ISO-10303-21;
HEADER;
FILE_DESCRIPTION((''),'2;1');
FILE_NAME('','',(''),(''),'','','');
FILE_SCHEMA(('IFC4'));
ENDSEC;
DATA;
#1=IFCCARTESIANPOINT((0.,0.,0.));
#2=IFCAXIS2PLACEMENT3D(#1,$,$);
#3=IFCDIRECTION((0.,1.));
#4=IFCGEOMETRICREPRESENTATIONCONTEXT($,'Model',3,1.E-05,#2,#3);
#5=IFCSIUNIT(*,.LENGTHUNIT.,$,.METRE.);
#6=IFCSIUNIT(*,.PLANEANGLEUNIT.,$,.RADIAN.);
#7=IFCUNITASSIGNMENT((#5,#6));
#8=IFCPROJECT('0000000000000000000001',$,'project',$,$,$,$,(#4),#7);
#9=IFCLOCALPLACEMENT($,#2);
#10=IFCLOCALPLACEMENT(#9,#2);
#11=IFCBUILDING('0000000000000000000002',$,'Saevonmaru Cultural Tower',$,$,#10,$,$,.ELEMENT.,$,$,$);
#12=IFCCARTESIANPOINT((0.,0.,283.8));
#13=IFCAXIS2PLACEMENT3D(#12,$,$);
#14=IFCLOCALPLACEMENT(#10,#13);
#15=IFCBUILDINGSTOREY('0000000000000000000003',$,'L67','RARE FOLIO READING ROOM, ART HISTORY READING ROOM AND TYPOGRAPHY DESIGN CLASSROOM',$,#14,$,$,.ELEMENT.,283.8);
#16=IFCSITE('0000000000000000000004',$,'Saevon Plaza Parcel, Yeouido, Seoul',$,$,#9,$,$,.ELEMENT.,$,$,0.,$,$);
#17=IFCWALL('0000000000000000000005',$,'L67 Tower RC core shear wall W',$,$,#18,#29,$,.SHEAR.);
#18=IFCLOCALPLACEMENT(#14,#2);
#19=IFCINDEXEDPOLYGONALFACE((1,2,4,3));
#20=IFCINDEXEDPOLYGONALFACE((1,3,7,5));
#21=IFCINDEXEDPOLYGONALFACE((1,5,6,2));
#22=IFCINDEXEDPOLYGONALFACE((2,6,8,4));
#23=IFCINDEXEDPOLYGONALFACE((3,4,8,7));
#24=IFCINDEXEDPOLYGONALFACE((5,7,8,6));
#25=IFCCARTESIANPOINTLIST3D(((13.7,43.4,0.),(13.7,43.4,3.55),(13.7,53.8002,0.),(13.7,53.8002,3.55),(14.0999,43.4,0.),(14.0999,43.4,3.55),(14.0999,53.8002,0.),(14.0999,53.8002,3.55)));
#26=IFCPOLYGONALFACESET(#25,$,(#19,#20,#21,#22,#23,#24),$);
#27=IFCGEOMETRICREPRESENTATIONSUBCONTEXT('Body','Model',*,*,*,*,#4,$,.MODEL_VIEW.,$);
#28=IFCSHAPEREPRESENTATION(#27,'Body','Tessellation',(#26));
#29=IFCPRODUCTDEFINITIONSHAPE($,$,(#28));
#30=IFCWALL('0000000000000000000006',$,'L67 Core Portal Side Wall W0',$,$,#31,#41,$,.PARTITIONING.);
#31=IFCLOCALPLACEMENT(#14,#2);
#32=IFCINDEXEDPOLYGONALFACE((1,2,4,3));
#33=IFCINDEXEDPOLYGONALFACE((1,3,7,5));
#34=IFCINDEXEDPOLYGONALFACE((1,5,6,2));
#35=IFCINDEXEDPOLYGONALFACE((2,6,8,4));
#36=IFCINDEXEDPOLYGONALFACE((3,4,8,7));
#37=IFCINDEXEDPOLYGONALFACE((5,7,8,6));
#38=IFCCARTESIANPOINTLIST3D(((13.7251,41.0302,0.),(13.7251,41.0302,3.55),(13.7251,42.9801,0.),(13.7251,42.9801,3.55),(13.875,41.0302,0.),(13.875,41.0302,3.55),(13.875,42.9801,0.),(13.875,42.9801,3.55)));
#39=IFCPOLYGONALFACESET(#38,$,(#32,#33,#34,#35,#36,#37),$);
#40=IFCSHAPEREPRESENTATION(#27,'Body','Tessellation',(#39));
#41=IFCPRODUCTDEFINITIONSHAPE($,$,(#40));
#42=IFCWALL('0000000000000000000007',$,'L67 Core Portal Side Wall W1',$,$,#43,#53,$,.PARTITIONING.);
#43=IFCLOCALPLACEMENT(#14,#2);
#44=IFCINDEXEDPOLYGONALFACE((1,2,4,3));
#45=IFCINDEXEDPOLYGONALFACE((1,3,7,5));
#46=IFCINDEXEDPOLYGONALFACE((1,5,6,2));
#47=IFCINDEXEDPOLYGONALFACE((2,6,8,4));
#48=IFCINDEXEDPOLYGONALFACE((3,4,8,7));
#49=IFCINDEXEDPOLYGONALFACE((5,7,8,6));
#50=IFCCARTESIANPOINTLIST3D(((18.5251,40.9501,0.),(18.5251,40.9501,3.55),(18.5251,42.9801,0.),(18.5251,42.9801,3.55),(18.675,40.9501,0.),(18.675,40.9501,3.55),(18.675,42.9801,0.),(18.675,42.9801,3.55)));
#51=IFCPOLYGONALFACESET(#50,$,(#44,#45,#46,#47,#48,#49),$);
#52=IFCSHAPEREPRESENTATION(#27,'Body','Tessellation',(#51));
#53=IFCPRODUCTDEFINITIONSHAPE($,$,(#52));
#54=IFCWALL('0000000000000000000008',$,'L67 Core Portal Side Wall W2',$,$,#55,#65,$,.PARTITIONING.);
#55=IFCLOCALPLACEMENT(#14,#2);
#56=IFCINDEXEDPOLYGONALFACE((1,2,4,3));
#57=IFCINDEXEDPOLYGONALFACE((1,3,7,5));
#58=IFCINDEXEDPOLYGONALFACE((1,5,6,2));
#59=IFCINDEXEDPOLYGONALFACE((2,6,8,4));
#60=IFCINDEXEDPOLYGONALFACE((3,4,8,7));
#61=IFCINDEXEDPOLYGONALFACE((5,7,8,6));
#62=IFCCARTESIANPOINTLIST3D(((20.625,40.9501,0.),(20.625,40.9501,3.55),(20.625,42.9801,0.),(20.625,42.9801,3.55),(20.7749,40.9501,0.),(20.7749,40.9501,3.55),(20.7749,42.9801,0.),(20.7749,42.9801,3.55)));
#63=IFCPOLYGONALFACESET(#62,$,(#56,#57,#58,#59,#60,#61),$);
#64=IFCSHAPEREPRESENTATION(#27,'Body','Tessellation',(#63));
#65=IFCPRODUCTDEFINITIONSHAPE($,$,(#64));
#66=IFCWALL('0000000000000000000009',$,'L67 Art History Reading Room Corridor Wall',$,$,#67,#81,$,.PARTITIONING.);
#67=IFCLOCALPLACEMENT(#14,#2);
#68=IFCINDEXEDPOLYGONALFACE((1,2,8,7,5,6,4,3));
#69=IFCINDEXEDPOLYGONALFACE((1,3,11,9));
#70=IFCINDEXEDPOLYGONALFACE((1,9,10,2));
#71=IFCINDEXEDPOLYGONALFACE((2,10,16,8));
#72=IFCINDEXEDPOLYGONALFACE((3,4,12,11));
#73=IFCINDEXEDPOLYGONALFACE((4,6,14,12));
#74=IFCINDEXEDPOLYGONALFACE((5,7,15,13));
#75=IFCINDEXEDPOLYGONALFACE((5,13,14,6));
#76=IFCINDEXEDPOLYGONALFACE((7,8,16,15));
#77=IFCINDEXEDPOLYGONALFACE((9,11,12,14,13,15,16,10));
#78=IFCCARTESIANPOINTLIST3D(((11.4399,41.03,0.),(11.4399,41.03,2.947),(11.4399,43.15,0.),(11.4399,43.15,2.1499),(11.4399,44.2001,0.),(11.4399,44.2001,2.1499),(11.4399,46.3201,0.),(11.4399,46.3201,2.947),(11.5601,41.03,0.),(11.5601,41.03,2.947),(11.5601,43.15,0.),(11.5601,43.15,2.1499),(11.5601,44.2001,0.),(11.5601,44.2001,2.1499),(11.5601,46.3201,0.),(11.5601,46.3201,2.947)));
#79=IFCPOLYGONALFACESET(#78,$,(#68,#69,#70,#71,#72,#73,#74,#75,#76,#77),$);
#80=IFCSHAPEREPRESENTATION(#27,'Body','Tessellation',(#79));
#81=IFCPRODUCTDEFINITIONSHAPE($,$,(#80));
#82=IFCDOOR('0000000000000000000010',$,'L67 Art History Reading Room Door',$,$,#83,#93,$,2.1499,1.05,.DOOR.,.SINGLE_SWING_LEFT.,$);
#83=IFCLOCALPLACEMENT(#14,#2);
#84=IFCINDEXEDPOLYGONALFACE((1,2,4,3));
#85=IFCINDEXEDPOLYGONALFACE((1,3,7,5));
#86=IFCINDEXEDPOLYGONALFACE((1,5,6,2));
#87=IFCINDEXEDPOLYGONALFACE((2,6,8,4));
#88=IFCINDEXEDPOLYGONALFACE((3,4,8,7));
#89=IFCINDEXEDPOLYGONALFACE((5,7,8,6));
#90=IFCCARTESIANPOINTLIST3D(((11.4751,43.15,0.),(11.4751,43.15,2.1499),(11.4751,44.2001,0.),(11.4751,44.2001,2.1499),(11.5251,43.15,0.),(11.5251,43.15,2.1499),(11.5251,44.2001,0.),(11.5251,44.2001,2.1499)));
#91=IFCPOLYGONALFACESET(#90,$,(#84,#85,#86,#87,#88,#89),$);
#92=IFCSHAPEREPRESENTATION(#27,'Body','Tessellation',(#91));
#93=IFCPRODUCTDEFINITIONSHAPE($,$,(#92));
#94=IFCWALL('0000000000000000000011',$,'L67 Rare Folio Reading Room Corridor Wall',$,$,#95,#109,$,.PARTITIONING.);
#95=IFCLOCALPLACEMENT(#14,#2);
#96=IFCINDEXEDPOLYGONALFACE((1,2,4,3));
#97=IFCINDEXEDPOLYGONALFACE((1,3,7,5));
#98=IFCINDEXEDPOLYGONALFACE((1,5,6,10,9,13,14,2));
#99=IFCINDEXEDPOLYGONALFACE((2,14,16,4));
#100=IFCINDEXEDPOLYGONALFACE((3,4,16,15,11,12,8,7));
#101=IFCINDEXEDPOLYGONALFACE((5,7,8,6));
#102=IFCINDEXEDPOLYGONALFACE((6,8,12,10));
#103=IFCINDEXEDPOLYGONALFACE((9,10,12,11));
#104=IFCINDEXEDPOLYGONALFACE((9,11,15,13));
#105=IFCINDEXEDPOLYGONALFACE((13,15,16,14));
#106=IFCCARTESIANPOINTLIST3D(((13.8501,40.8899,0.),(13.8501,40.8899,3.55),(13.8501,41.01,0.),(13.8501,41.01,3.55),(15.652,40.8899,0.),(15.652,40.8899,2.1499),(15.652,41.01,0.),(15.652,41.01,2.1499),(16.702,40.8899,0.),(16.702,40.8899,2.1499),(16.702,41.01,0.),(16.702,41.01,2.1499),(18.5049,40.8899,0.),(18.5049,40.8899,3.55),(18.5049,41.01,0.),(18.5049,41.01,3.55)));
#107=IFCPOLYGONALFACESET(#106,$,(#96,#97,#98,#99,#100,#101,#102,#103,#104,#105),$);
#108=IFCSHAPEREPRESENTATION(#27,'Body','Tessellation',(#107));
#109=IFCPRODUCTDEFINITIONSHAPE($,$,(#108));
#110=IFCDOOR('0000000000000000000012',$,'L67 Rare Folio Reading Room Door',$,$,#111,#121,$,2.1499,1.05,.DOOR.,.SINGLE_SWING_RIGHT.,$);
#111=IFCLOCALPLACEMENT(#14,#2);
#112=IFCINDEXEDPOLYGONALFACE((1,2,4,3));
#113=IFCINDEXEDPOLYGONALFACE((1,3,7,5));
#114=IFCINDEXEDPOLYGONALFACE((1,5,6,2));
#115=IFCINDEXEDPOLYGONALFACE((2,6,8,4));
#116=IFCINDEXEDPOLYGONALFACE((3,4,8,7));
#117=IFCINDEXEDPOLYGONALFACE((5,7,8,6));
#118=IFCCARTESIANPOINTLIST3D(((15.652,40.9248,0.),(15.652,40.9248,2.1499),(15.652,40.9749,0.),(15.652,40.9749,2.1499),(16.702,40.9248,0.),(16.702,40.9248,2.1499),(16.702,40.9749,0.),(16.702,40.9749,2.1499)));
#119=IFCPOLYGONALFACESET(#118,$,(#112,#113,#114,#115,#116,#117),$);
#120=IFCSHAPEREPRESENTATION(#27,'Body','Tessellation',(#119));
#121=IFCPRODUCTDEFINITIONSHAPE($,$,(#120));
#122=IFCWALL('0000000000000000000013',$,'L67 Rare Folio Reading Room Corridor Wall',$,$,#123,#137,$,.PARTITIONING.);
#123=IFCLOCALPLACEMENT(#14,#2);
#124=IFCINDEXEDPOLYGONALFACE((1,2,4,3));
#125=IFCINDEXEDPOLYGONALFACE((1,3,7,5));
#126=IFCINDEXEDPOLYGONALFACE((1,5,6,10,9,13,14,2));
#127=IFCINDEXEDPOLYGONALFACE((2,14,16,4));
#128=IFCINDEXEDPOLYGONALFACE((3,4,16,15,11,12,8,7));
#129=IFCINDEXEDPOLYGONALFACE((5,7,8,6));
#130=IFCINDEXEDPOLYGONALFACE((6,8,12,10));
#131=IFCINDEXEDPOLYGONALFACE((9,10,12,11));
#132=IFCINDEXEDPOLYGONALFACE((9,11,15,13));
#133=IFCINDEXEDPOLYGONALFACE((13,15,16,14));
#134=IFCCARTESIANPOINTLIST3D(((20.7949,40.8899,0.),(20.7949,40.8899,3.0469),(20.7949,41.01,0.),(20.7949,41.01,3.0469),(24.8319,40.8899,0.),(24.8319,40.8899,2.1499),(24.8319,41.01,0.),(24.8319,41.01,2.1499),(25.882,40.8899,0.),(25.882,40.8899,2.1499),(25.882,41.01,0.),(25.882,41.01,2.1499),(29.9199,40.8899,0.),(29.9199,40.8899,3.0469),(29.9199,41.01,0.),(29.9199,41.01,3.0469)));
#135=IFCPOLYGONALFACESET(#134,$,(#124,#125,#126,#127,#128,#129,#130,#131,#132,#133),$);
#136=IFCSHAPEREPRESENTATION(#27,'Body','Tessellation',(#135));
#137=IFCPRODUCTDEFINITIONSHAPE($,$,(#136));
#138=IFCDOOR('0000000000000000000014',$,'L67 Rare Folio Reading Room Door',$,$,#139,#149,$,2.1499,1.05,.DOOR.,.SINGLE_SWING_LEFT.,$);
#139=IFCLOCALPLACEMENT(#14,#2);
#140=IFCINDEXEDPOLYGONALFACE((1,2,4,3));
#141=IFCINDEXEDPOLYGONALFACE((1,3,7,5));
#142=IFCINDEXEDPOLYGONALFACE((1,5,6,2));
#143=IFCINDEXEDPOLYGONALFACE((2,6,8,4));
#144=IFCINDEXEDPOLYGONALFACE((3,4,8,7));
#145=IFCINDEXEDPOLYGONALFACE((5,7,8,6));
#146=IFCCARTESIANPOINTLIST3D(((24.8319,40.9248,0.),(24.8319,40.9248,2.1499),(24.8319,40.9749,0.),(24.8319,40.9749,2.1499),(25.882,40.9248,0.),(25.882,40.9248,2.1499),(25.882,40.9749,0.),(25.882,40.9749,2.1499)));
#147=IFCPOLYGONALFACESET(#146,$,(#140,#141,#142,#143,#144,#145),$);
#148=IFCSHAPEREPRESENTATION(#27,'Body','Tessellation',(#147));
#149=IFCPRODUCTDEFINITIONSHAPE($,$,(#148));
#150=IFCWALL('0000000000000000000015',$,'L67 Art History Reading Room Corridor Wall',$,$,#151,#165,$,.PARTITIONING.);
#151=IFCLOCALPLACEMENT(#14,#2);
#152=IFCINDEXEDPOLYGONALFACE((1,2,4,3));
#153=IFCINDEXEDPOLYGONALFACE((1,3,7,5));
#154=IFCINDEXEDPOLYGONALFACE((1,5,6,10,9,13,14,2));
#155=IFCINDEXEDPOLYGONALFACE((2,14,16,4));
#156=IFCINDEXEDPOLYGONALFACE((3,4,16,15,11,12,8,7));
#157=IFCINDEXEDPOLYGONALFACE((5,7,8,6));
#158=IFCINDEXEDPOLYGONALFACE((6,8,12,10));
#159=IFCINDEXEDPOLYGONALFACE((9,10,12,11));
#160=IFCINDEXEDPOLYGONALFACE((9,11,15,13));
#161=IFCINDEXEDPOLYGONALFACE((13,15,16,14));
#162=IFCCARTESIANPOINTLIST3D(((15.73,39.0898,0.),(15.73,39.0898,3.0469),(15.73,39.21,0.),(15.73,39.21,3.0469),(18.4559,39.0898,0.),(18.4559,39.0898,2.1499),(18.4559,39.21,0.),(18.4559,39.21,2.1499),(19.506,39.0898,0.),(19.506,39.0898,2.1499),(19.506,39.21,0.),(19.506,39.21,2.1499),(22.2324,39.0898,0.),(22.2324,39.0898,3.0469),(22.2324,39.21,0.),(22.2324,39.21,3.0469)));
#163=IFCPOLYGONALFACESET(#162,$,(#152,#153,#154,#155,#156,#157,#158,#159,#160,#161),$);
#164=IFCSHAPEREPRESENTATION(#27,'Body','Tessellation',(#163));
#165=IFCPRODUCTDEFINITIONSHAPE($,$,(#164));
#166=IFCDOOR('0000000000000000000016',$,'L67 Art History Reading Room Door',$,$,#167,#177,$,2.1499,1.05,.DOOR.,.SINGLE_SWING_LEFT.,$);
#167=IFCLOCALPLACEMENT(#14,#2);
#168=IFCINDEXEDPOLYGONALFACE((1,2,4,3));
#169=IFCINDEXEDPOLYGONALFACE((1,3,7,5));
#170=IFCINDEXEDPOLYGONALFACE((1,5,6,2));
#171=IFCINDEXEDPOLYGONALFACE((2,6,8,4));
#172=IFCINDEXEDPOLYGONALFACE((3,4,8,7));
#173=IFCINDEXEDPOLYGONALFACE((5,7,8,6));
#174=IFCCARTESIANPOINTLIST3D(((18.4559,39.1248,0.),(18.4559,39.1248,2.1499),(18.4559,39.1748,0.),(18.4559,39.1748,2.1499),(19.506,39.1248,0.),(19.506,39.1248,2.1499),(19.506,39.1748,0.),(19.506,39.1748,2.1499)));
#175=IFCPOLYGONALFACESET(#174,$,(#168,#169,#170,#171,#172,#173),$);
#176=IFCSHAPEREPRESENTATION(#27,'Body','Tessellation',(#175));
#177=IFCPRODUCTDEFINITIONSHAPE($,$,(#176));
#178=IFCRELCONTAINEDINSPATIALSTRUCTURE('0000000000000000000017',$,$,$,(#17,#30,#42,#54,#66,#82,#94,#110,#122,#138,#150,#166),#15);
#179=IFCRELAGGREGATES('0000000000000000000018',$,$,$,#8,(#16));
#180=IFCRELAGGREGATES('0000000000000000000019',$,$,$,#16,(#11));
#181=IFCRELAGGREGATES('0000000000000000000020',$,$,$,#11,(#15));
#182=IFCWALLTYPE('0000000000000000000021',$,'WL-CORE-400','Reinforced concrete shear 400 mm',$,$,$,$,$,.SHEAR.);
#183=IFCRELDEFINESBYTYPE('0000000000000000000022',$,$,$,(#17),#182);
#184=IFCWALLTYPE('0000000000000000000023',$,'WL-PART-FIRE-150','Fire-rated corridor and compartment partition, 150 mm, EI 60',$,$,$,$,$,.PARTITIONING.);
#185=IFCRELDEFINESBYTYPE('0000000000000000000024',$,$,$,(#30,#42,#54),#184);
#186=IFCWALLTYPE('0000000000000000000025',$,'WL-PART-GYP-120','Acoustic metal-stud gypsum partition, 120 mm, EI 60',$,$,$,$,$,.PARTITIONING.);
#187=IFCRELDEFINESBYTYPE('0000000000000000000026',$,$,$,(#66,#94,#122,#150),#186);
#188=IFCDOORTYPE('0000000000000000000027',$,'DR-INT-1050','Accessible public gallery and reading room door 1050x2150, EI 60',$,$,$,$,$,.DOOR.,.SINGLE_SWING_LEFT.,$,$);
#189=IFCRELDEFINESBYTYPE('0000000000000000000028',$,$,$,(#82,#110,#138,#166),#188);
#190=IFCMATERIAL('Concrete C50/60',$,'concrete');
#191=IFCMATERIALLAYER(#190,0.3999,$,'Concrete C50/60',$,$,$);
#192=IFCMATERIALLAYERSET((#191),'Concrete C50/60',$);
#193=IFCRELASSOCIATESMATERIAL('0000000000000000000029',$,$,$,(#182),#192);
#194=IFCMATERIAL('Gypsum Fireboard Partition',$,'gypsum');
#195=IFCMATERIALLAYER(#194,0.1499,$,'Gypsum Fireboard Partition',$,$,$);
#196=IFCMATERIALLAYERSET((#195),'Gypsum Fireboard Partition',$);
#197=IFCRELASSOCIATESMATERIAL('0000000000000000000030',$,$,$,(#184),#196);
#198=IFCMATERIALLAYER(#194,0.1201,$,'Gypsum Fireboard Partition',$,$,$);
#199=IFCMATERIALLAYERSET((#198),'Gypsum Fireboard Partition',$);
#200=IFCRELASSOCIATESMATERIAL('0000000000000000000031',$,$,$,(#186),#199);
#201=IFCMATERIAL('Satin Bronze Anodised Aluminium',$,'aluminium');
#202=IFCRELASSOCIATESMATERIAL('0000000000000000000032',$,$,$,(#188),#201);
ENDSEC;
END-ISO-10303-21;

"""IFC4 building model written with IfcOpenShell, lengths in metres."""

from ifc_helpers import new_model, si_unit, direction, frame, frame_2d, origin, place, context, subcontext, project, spatial, rectangle, extrude, material, layer, layer_set, type_object, element, fill, save


model = new_model("IFC4")

# Units and contexts
model_context = context("Model", 3, precision=1e-05, world=origin(), true_north=direction((0.0, 1.0)))
body_context = subcontext(model_context, "Body", "Model", "MODEL_VIEW")
ifc_project = project(units=[si_unit("LENGTHUNIT", "METRE"), si_unit("PLANEANGLEUNIT", "RADIAN")], contexts=[model_context])

# Site, building, storey
site_placement = place(None, origin())
site = spatial("IfcSite", under=ifc_project, at=site_placement, Name="Saevon Plaza Parcel, Yeouido, Seoul", CompositionType="ELEMENT", RefElevation=0.0)
building_placement = place(site_placement, origin())
building = spatial("IfcBuilding", under=site, at=building_placement, Name="Saevonmaru Cultural Tower", CompositionType="ELEMENT")
storey_placement = place(building_placement, frame((0.0, 0.0, 283.8)))
storey = spatial("IfcBuildingStorey", under=building, at=storey_placement, Name="L67", Description="RARE FOLIO READING ROOM, ART HISTORY READING ROOM AND TYPOGRAPHY DESIGN CLASSROOM", CompositionType="ELEMENT", Elevation=283.8)

# Shared definitions
ifc_material_1 = material(Name="Concrete C50/60", Category="concrete")
ifc_layer_1 = layer(ifc_material_1, 0.3999, Name="Concrete C50/60")
ifc_layer_set_1 = layer_set([ifc_layer_1], Name="Concrete C50/60")
wall_type_1 = type_object("IfcWallType", Name="WL-CORE-400", Description="Reinforced concrete shear 400 mm", PredefinedType="SHEAR", material=ifc_layer_set_1)
ifc_material_2 = material(Name="Satin Bronze Anodised Aluminium", Category="aluminium")

# Walls
wall_1_placement = place(storey_placement, frame((13.8999, 43.3999, 0.0), z_axis=(0.0, 0.0, 1.0), x_axis=(0.0, 1.0, 0.0)))
element("IfcWall", 1, at=wall_1_placement, inside=storey, type_object=wall_type_1, Name="L67 Tower RC core shear wall W", PredefinedType="SHEAR", context=body_context, shape_type="SweptSolid", body=[
    extrude(rectangle(XDim=10.4001, YDim=0.3999, at=frame_2d((5.2002, 0.0))), origin(), (0.0, 0.0, 1.0), 3.55),
])
ifc_material_3 = material(Name="Gypsum Fireboard Partition", Category="gypsum")
ifc_layer_2 = layer(ifc_material_3, 0.1499, Name="Gypsum Fireboard Partition")
ifc_layer_set_2 = layer_set([ifc_layer_2], Name="Gypsum Fireboard Partition")
wall_type_2 = type_object("IfcWallType", Name="WL-PART-FIRE-150", Description="Fire-rated corridor and compartment partition, 150 mm, EI 60", PredefinedType="PARTITIONING", material=ifc_layer_set_2)
wall_2_placement = place(storey_placement, frame((13.8, 41.03, 0.0), z_axis=(0.0, 0.0, 1.0), x_axis=(0.0, 1.0, 0.0)))
element("IfcWall", 2, at=wall_2_placement, inside=storey, type_object=wall_type_2, Name="L67 Core Portal Side Wall W0", PredefinedType="PARTITIONING", context=body_context, shape_type="SweptSolid", body=[
    extrude(rectangle(XDim=1.95, YDim=0.1499, at=frame_2d((0.9751, 0.0))), origin(), (0.0, 0.0, 1.0), 3.55),
])
for number, where, z_axis, x_axis, name in (
    (3, (18.6001, 40.95, 0.0), (0.0, 0.0, 1.0), (0.0, 1.0, 0.0), "L67 Core Portal Side Wall W1"),
    (4, (20.7, 40.95, 0.0), (0.0, 0.0, 1.0), (0.0, 1.0, 0.0), "L67 Core Portal Side Wall W2"),
):
    element("IfcWall", number, at=place(storey_placement, frame(where, z_axis=z_axis, x_axis=x_axis)), inside=storey, type_object=wall_type_2, Name=name, PredefinedType="PARTITIONING", context=body_context, shape_type="SweptSolid", body=[
        extrude(rectangle(XDim=2.03, YDim=0.1499, at=frame_2d((1.0151, 0.0))), origin(), (0.0, 0.0, 1.0), 3.55),
    ])

# Walls, openings, doors
ifc_layer_3 = layer(ifc_material_3, 0.1201, Name="Gypsum Fireboard Partition")
ifc_layer_set_3 = layer_set([ifc_layer_3], Name="Gypsum Fireboard Partition")
wall_type_3 = type_object("IfcWallType", Name="WL-PART-GYP-120", Description="Acoustic metal-stud gypsum partition, 120 mm, EI 60", PredefinedType="PARTITIONING", material=ifc_layer_set_3)
wall_3_placement = place(storey_placement, frame((11.5, 41.03, 0.0), z_axis=(0.0, 0.0, 1.0), x_axis=(0.0, 1.0, 0.0)))
wall_3 = element("IfcWall", 5, at=wall_3_placement, inside=storey, type_object=wall_type_3, Name="L67 Art History Reading Room Corridor Wall", PredefinedType="PARTITIONING", context=body_context, shape_type="SweptSolid", body=[
    extrude(rectangle(XDim=5.29, YDim=0.1201, at=frame_2d((2.645, 0.0))), origin(), (0.0, 0.0, 1.0), 2.947),
])
opening_1_placement = place(wall_3_placement, frame((2.1201, 0.0, 0.0)))
opening_1 = element("IfcOpeningElement", 6, at=opening_1_placement, cuts=wall_3, PredefinedType="OPENING", context=body_context, shape_type="SweptSolid", body=[
    extrude(rectangle(XDim=1.05, YDim=2.1499, at=frame_2d((0.5249, 1.075))), frame((0.0, 0.0701, 0.0), z_axis=(0.0, -1.0, 0.0), x_axis=(1.0, 0.0, 0.0)), (0.0, 0.0, 1.0), 0.1401),
])
door_type_1 = type_object("IfcDoorType", Name="DR-INT-1050", Description="Accessible public gallery and reading room door 1050x2150, EI 60", OperationType="SINGLE_SWING_LEFT", PredefinedType="DOOR", material=ifc_material_2)
door_1_placement = place(opening_1_placement, origin())
door_1 = element("IfcDoor", 7, at=door_1_placement, inside=storey, type_object=door_type_1, Name="L67 Art History Reading Room Door", OperationType="SINGLE_SWING_LEFT", OverallHeight=2.1499, OverallWidth=1.05, PredefinedType="DOOR", context=body_context, shape_type="SweptSolid", body=[
    extrude(rectangle(XDim=1.05, YDim=2.1499, at=frame_2d((0.5249, 1.075))), frame((0.0, 0.0249, 0.0), z_axis=(0.0, -1.0, 0.0), x_axis=(1.0, 0.0, 0.0)), (0.0, 0.0, 1.0), 0.05),
])
fill(opening_1, door_1)
wall_4_placement = place(storey_placement, frame((13.8501, 40.95, 0.0), z_axis=(0.0, 0.0, 1.0), x_axis=(1.0, 0.0, 0.0)))
wall_4 = element("IfcWall", 8, at=wall_4_placement, inside=storey, type_object=wall_type_3, Name="L67 Rare Folio Reading Room Corridor Wall", PredefinedType="PARTITIONING", context=body_context, shape_type="SweptSolid", body=[
    extrude(rectangle(XDim=4.6548, YDim=0.1201, at=frame_2d((2.3274, 0.0))), origin(), (0.0, 0.0, 1.0), 3.55),
])
opening_2_placement = place(wall_4_placement, frame((1.802, 0.0, 0.0)))
opening_2 = element("IfcOpeningElement", 9, at=opening_2_placement, cuts=wall_4, PredefinedType="OPENING", context=body_context, shape_type="SweptSolid", body=[
    extrude(rectangle(XDim=1.05, YDim=2.1499, at=frame_2d((0.5249, 1.075))), frame((0.0, 0.0701, 0.0), z_axis=(0.0, -1.0, 0.0), x_axis=(1.0, 0.0, 0.0)), (0.0, 0.0, 1.0), 0.1401),
])
door_2_placement = place(opening_2_placement, origin())
door_2 = element("IfcDoor", 10, at=door_2_placement, inside=storey, type_object=door_type_1, Name="L67 Rare Folio Reading Room Door", OperationType="SINGLE_SWING_RIGHT", OverallHeight=2.1499, OverallWidth=1.05, PredefinedType="DOOR", context=body_context, shape_type="SweptSolid", body=[
    extrude(rectangle(XDim=1.05, YDim=2.1499, at=frame_2d((0.5249, 1.075))), frame((0.0, 0.0249, 0.0), z_axis=(0.0, -1.0, 0.0), x_axis=(1.0, 0.0, 0.0)), (0.0, 0.0, 1.0), 0.05),
])
fill(opening_2, door_2)
wall_5_placement = place(storey_placement, frame((20.7949, 40.95, 0.0), z_axis=(0.0, 0.0, 1.0), x_axis=(1.0, 0.0, 0.0)))
wall_5 = element("IfcWall", 11, at=wall_5_placement, inside=storey, type_object=wall_type_3, Name="L67 Rare Folio Reading Room Corridor Wall", PredefinedType="PARTITIONING", context=body_context, shape_type="SweptSolid", body=[
    extrude(rectangle(XDim=9.125, YDim=0.1201, at=frame_2d((4.5625, 0.0))), origin(), (0.0, 0.0, 1.0), 3.0469),
])
opening_3_placement = place(wall_5_placement, frame((4.0371, 0.0, 0.0)))
opening_3 = element("IfcOpeningElement", 12, at=opening_3_placement, cuts=wall_5, PredefinedType="OPENING", context=body_context, shape_type="SweptSolid", body=[
    extrude(rectangle(XDim=1.05, YDim=2.1499, at=frame_2d((0.5249, 1.075))), frame((0.0, 0.0701, 0.0), z_axis=(0.0, -1.0, 0.0), x_axis=(1.0, 0.0, 0.0)), (0.0, 0.0, 1.0), 0.1401),
])
door_3_placement = place(opening_3_placement, origin())
door_3 = element("IfcDoor", 13, at=door_3_placement, inside=storey, type_object=door_type_1, Name="L67 Rare Folio Reading Room Door", OperationType="SINGLE_SWING_LEFT", OverallHeight=2.1499, OverallWidth=1.05, PredefinedType="DOOR", context=body_context, shape_type="SweptSolid", body=[
    extrude(rectangle(XDim=1.05, YDim=2.1499, at=frame_2d((0.5249, 1.075))), frame((0.0, 0.0249, 0.0), z_axis=(0.0, -1.0, 0.0), x_axis=(1.0, 0.0, 0.0)), (0.0, 0.0, 1.0), 0.05),
])
fill(opening_3, door_3)
wall_6_placement = place(storey_placement, frame((15.73, 39.1499, 0.0), z_axis=(0.0, 0.0, 1.0), x_axis=(1.0, 0.0, 0.0)))
wall_6 = element("IfcWall", 14, at=wall_6_placement, inside=storey, type_object=wall_type_3, Name="L67 Art History Reading Room Corridor Wall", PredefinedType="PARTITIONING", context=body_context, shape_type="SweptSolid", body=[
    extrude(rectangle(XDim=6.5024, YDim=0.1201, at=frame_2d((3.2512, 0.0))), origin(), (0.0, 0.0, 1.0), 3.0469),
])
opening_4_placement = place(wall_6_placement, frame((2.7261, 0.0, 0.0)))
opening_4 = element("IfcOpeningElement", 15, at=opening_4_placement, cuts=wall_6, PredefinedType="OPENING", context=body_context, shape_type="SweptSolid", body=[
    extrude(rectangle(XDim=1.05, YDim=2.1499, at=frame_2d((0.5249, 1.075))), frame((0.0, 0.0701, 0.0), z_axis=(0.0, -1.0, 0.0), x_axis=(1.0, 0.0, 0.0)), (0.0, 0.0, 1.0), 0.1401),
])
door_4_placement = place(opening_4_placement, origin())
door_4 = element("IfcDoor", 16, at=door_4_placement, inside=storey, type_object=door_type_1, Name="L67 Art History Reading Room Door", OperationType="SINGLE_SWING_LEFT", OverallHeight=2.1499, OverallWidth=1.05, PredefinedType="DOOR", context=body_context, shape_type="SweptSolid", body=[
    extrude(rectangle(XDim=1.05, YDim=2.1499, at=frame_2d((0.5249, 1.075))), frame((0.0, 0.0249, 0.0), z_axis=(0.0, -1.0, 0.0), x_axis=(1.0, 0.0, 0.0)), (0.0, 0.0, 1.0), 0.05),
])
fill(opening_4, door_4)

save(model, "model.ifc")
